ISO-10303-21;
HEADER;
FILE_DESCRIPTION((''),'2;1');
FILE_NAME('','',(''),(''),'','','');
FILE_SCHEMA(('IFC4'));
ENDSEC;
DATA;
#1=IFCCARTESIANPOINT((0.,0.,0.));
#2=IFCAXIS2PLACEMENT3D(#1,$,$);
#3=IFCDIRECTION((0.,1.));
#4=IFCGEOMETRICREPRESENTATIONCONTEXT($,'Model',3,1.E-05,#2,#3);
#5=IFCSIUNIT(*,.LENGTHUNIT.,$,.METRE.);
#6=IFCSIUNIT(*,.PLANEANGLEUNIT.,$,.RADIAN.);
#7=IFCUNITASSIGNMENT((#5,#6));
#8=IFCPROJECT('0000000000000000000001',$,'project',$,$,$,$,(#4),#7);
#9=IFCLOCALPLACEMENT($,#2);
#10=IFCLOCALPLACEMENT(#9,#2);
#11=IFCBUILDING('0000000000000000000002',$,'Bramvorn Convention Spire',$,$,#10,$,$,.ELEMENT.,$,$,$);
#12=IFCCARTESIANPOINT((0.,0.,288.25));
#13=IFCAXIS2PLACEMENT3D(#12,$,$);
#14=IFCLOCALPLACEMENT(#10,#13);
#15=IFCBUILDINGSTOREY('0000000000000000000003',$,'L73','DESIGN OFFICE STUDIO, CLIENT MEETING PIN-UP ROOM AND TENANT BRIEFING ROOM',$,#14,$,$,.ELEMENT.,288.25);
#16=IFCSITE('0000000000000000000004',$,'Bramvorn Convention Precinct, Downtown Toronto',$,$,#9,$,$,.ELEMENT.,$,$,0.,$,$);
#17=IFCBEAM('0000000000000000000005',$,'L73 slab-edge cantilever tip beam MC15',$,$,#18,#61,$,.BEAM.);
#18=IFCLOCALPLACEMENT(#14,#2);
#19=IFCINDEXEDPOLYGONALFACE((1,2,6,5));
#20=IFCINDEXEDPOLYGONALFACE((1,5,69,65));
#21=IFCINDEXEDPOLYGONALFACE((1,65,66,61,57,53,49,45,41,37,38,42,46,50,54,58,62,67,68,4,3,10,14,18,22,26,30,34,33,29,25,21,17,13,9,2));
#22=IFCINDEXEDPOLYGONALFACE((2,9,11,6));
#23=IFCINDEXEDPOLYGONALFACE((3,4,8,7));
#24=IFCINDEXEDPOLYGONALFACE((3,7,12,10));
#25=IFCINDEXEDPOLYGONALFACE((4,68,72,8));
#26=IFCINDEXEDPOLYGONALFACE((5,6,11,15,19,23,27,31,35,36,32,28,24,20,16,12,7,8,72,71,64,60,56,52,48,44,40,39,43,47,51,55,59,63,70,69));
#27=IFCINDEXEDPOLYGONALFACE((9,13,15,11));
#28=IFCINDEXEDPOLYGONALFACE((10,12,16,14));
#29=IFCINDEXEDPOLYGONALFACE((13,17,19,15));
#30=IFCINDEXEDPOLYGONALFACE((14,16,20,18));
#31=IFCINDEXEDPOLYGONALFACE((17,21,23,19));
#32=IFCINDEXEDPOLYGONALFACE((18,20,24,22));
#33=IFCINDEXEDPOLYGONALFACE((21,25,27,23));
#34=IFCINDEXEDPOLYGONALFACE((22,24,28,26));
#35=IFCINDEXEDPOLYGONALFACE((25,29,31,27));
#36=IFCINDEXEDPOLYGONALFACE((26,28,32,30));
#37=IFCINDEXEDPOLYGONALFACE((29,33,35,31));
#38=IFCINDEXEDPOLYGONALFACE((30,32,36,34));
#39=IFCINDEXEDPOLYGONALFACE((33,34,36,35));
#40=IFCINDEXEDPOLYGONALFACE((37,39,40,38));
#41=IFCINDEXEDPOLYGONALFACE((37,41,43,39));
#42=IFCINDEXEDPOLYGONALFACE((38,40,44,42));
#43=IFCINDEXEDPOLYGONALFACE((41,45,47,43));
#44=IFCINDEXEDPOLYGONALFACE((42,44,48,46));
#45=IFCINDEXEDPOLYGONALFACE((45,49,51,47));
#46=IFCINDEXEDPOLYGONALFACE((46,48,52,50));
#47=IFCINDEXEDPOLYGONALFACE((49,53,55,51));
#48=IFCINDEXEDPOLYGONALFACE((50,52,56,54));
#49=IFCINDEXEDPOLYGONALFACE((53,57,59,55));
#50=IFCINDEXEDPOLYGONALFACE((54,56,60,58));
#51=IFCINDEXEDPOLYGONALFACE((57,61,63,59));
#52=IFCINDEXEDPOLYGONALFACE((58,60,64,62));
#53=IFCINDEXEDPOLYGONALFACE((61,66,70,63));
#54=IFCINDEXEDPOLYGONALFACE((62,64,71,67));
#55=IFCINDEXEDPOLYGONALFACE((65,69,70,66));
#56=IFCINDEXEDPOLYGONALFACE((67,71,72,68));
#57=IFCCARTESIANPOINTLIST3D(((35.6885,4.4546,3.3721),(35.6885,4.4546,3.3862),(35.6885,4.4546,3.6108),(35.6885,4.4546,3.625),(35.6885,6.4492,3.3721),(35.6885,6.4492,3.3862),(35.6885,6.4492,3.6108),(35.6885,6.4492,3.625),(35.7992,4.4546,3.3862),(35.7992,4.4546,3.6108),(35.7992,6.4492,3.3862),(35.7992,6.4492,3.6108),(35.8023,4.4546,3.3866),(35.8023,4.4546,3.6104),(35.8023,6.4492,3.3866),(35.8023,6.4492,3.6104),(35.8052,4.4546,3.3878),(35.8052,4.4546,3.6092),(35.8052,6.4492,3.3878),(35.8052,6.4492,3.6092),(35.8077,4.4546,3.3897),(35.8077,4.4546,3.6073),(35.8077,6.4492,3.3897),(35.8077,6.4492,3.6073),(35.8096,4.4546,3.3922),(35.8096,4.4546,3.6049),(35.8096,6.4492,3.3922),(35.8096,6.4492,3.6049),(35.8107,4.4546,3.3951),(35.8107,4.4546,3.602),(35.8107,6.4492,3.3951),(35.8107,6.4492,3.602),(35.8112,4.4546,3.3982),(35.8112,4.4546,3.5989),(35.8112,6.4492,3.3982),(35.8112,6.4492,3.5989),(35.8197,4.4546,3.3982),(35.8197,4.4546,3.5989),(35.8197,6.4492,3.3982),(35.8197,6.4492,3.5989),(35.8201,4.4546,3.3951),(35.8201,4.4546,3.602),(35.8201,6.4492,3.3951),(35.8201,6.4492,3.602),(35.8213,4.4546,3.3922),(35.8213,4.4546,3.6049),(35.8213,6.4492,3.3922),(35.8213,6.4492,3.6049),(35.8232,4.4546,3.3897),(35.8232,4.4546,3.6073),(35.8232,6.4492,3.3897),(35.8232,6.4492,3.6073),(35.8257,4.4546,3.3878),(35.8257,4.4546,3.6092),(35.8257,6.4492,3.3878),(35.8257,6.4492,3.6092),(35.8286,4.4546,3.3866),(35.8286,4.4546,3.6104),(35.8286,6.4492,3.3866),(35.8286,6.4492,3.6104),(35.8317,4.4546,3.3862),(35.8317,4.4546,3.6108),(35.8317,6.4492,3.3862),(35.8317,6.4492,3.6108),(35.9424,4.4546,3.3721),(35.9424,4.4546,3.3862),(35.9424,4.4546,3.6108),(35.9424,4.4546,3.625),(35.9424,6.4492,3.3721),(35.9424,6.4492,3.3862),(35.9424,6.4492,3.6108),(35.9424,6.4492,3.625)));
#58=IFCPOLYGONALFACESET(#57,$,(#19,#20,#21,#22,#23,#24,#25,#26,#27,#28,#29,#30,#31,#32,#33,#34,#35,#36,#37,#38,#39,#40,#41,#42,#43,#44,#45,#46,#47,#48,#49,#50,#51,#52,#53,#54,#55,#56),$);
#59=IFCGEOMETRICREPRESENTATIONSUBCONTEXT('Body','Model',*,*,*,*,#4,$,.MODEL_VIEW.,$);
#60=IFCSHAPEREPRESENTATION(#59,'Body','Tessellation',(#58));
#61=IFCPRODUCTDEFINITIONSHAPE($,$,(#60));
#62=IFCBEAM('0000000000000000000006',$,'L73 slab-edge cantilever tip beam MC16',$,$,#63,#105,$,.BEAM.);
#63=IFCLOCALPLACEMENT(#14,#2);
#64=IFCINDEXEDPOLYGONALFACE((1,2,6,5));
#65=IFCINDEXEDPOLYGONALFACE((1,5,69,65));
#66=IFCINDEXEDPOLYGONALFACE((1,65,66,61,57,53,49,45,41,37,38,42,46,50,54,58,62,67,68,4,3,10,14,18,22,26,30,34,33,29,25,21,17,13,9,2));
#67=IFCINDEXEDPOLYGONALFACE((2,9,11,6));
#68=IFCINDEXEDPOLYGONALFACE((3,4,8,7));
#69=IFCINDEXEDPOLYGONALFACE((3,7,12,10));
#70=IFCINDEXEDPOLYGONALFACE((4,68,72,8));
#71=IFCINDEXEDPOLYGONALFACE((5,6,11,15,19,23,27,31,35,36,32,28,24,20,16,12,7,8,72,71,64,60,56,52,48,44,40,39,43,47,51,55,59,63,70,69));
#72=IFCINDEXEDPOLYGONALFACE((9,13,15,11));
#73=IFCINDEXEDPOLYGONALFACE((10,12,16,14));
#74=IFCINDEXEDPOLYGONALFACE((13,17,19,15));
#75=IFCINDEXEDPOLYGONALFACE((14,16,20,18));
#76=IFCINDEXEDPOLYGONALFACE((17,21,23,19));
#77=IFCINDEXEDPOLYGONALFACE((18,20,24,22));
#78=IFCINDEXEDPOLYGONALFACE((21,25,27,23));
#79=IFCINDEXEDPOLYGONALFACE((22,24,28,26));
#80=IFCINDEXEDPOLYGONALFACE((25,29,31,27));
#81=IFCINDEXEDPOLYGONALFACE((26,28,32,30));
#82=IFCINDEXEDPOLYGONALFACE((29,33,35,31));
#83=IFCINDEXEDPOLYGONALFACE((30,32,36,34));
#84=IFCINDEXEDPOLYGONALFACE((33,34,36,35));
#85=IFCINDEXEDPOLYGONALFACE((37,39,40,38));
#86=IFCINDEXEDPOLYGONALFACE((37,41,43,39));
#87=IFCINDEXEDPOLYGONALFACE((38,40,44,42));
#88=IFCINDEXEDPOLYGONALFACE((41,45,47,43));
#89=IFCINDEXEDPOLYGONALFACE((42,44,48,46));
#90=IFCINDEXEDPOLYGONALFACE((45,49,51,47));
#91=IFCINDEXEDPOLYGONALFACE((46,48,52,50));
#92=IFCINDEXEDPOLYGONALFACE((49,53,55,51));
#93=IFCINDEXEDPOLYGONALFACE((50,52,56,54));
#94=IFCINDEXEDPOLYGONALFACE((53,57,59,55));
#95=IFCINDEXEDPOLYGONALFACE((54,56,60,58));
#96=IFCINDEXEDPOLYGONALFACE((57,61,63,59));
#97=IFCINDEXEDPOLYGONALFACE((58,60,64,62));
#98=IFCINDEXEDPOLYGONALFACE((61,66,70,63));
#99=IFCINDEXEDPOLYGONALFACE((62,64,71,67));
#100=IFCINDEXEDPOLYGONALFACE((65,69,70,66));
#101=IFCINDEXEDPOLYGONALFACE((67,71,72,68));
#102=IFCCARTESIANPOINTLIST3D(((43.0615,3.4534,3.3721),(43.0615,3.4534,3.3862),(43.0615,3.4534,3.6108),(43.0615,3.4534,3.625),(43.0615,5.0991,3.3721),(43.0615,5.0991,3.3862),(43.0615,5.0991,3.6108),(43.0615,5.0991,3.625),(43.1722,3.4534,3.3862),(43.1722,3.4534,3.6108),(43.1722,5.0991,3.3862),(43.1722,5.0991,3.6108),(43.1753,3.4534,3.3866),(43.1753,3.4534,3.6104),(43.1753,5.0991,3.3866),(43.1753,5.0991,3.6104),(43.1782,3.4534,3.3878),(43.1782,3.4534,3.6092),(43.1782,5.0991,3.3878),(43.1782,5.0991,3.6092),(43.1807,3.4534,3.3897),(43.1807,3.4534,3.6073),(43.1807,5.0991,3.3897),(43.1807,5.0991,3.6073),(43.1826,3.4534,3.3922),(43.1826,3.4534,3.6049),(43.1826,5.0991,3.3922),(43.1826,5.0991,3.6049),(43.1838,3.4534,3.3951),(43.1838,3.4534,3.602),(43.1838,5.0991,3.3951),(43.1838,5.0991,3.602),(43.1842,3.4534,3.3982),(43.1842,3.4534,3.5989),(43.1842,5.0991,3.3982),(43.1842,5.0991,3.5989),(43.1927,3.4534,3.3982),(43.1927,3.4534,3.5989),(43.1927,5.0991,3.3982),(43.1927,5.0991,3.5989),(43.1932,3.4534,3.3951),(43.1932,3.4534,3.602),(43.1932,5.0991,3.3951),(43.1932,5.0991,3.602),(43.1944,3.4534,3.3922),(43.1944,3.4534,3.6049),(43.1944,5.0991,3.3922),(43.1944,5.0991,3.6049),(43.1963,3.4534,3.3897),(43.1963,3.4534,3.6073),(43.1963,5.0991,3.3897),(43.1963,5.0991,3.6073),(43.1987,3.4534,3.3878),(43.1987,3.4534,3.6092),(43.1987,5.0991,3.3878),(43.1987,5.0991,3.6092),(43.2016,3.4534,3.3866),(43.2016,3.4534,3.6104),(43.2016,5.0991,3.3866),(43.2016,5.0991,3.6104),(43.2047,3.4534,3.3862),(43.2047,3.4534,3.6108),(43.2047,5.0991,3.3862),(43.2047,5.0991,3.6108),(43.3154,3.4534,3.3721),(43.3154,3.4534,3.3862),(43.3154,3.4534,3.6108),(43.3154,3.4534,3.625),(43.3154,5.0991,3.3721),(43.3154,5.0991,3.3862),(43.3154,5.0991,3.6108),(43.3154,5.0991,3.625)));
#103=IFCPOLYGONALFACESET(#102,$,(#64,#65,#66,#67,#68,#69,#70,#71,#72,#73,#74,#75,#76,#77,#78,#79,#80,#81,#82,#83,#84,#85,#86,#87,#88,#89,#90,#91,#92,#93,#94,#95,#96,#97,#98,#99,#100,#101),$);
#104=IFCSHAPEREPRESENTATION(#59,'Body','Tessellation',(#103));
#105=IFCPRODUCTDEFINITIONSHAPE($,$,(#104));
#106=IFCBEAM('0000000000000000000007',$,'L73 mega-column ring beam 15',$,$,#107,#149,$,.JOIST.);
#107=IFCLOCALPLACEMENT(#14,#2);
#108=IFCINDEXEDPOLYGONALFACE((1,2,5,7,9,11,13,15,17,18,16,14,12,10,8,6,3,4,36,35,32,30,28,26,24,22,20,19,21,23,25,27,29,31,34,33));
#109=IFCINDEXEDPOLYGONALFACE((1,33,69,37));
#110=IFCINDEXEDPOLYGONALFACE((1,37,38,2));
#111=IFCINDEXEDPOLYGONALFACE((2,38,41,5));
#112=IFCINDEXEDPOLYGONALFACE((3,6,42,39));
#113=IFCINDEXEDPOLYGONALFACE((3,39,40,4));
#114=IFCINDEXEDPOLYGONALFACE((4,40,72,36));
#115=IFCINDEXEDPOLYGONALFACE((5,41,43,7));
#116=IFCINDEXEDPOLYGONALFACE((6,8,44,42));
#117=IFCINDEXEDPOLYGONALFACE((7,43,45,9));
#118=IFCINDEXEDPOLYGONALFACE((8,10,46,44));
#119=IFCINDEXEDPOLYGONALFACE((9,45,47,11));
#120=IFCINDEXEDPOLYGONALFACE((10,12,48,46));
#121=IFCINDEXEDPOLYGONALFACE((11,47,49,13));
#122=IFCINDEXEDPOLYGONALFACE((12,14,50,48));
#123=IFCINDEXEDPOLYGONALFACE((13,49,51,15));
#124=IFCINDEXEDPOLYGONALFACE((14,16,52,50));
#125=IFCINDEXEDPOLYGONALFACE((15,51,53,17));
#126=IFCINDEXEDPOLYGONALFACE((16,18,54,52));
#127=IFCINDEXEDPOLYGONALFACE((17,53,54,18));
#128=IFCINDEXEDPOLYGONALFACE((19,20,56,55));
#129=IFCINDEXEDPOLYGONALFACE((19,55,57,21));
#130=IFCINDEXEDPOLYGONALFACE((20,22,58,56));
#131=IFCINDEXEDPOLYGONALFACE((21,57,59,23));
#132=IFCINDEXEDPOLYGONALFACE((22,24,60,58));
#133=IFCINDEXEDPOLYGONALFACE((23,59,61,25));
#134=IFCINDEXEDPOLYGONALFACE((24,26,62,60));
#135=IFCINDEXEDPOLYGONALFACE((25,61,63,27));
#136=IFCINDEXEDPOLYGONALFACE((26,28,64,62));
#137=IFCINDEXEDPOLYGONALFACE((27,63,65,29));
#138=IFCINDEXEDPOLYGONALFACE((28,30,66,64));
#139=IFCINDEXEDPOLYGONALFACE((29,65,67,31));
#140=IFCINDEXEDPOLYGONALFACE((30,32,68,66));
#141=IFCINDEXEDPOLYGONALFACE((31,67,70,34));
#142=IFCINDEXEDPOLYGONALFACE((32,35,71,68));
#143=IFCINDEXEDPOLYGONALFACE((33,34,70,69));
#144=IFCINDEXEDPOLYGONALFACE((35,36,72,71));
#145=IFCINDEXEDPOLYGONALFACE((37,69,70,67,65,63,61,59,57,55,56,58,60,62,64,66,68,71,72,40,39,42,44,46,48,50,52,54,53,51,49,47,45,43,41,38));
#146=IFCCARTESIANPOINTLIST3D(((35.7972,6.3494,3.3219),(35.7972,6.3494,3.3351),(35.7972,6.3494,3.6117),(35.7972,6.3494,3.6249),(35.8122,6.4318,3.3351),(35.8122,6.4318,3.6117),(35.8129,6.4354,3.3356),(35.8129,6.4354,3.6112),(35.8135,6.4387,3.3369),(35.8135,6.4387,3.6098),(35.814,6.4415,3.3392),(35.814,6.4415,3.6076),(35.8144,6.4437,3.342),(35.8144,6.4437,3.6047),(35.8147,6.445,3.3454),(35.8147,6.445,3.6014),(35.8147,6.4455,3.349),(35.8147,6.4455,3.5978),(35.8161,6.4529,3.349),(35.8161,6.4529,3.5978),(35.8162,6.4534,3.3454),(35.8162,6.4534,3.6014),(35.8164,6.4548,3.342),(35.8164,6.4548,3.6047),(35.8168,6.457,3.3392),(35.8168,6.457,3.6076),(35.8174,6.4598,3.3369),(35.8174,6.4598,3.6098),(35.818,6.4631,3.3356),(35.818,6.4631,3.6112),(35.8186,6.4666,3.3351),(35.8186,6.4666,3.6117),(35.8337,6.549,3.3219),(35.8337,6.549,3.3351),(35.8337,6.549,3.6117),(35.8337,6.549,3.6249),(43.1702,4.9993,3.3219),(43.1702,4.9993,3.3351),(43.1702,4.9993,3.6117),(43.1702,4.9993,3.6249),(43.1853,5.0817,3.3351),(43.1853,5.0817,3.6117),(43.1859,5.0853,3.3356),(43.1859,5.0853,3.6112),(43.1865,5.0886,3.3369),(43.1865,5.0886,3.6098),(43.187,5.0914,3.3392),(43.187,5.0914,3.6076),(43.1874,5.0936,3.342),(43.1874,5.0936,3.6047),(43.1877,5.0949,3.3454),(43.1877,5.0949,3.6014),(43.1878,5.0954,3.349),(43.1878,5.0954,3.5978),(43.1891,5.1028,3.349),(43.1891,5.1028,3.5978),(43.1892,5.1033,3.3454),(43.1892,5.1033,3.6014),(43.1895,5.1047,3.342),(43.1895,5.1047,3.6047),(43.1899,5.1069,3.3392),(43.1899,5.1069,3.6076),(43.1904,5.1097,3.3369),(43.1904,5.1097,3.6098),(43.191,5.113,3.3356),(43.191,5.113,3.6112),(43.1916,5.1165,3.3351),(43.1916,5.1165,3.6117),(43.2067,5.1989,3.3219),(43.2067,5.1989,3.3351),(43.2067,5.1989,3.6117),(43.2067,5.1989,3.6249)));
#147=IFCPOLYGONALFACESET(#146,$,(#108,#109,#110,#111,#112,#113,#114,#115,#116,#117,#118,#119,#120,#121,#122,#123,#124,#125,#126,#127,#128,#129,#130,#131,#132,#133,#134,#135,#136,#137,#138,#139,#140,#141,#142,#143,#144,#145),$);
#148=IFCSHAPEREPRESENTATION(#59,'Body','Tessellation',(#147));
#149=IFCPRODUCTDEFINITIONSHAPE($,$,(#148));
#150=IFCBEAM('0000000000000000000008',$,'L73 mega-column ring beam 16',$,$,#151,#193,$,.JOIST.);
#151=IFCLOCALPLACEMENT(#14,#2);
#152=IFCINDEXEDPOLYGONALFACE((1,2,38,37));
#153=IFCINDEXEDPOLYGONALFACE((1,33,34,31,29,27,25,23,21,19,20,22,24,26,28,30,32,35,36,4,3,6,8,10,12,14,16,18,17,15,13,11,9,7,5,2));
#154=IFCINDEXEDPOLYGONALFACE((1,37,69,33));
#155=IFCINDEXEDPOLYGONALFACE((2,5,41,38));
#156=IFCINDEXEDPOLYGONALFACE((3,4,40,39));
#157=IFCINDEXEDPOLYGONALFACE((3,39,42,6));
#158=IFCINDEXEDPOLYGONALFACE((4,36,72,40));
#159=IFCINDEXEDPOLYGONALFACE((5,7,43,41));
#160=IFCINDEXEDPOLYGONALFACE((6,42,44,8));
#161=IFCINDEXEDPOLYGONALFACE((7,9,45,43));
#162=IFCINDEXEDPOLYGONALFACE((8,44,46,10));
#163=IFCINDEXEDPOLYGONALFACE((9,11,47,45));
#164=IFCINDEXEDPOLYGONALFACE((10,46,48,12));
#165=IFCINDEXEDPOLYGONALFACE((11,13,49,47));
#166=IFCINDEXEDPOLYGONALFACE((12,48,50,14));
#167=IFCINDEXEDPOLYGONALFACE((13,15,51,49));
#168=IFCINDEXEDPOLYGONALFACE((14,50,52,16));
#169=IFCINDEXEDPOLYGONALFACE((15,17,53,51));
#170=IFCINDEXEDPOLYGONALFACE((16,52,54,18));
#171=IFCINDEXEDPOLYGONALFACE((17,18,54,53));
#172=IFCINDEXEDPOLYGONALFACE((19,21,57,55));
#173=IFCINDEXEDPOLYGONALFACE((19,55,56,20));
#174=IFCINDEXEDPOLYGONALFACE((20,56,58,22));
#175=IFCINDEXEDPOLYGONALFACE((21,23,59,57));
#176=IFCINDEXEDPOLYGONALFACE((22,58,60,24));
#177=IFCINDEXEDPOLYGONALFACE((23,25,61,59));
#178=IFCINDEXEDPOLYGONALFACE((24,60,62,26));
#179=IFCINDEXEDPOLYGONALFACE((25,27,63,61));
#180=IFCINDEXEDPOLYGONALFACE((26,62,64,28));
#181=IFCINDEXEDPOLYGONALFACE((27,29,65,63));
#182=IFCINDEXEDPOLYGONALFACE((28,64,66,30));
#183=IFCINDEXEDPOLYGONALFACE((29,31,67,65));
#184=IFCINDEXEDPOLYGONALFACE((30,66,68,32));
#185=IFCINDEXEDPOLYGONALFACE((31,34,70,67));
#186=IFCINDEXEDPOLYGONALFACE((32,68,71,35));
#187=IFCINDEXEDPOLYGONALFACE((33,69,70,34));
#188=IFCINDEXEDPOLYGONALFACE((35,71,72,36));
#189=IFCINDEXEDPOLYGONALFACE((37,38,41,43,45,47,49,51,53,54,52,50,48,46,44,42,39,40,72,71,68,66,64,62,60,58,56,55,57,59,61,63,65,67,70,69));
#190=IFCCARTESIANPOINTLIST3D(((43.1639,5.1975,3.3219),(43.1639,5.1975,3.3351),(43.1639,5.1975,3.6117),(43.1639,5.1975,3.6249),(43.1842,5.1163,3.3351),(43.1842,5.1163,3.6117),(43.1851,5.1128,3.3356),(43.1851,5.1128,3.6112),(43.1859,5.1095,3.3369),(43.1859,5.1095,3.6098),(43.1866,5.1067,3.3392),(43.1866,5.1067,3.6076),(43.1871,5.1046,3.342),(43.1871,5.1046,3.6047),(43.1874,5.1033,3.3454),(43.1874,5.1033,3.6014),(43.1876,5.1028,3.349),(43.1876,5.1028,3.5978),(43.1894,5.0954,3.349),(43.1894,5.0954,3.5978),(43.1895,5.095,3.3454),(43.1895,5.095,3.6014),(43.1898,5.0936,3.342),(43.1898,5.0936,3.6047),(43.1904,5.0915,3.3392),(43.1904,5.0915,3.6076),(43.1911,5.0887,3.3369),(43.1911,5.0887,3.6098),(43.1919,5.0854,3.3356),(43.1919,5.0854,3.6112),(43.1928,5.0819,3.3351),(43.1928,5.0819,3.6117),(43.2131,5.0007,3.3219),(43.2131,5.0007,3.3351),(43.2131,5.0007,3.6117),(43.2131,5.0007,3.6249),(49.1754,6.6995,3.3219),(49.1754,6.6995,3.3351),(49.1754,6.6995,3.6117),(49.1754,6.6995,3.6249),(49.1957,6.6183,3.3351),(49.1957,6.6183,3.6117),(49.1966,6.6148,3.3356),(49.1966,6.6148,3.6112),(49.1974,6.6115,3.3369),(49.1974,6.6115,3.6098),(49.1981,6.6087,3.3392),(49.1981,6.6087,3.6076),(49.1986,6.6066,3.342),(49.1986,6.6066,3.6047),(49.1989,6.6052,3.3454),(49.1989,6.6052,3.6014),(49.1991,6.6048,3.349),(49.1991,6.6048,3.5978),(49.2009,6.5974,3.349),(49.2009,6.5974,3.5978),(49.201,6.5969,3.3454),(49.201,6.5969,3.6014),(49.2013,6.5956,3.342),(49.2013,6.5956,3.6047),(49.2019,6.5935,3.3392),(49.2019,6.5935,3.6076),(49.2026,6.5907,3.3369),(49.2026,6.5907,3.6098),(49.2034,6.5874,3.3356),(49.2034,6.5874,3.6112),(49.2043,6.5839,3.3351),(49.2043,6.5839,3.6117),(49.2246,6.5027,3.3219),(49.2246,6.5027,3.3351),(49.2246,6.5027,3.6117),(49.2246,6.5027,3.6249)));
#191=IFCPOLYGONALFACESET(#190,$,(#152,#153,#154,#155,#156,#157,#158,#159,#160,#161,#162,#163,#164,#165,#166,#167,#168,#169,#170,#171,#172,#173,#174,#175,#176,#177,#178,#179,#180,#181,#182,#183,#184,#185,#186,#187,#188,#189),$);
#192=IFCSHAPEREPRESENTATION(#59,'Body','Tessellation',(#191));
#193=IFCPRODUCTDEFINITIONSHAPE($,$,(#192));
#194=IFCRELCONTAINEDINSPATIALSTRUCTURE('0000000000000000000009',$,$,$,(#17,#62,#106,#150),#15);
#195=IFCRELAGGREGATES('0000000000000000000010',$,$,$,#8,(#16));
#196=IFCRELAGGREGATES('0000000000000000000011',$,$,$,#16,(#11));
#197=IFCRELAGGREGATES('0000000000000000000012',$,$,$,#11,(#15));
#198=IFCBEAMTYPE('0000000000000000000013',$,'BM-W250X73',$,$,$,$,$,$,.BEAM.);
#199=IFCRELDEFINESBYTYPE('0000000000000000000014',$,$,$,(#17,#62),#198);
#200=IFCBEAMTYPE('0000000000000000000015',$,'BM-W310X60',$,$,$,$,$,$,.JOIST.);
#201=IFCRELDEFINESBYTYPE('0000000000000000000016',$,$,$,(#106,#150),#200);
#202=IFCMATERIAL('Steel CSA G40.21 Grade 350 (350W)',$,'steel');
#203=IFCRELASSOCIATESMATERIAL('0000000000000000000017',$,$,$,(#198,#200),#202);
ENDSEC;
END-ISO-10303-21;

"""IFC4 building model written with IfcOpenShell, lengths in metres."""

from ifc_helpers import new_model, si_unit, direction, frame, origin, origin_2d, place, context, subcontext, project, spatial, i_section, extrude, material, material_profile, profile_set, type_object, element, save


model = new_model("IFC4")

# Units and contexts
model_context = context("Model", 3, precision=1e-05, world=origin(), true_north=direction((0.0, 1.0)))
body_context = subcontext(model_context, "Body", "Model", "MODEL_VIEW")
ifc_project = project(units=[si_unit("LENGTHUNIT", "METRE"), si_unit("PLANEANGLEUNIT", "RADIAN")], contexts=[model_context])

# Site, building, storey
site_placement = place(None, origin())
site = spatial("IfcSite", under=ifc_project, at=site_placement, Name="Bramvorn Convention Precinct, Downtown Toronto", CompositionType="ELEMENT", RefElevation=0.0)
building_placement = place(site_placement, origin())
building = spatial("IfcBuilding", under=site, at=building_placement, Name="Bramvorn Convention Spire", CompositionType="ELEMENT")
storey_placement = place(building_placement, frame((0.0, 0.0, 288.25)))
storey = spatial("IfcBuildingStorey", under=building, at=storey_placement, Name="L73", Description="DESIGN OFFICE STUDIO, CLIENT MEETING PIN-UP ROOM AND TENANT BRIEFING ROOM", CompositionType="ELEMENT", Elevation=288.25)

# Shared definitions
ifc_material_1 = material(Name="Steel CSA G40.21 Grade 350 (350W)", Category="steel")

# Beams
ifc_material_profile_1 = material_profile(ifc_material_1, i_section(OverallWidth=0.2539, OverallDepth=0.2529, WebThickness=0.0085, FlangeThickness=0.0142, FilletRadius=0.012, at=origin_2d()))
ifc_profile_set_1 = profile_set([ifc_material_profile_1], Name="Steel CSA G40.21 Grade 350 (350W) - W250X73")
beam_type_1 = type_object("IfcBeamType", Name="BM-W250X73", PredefinedType="BEAM", material=ifc_profile_set_1)
beam_1_placement = place(storey_placement, frame((35.8154, 6.4492, 3.4985), z_axis=(0.0, -1.0, 0.0), x_axis=(1.0, 0.0, 0.0)))
element("IfcBeam", 1, at=beam_1_placement, inside=storey, type_object=beam_type_1, Name="L73 slab-edge cantilever tip beam MC15", PredefinedType="BEAM", context=body_context, shape_type="SweptSolid", body=[
    extrude(i_section(OverallWidth=0.2539, OverallDepth=0.2529, WebThickness=0.0085, FlangeThickness=0.0142, FilletRadius=0.012, at=origin_2d()), origin(), (0.0, 0.0, 1.0), 1.9946),
])
beam_2_placement = place(storey_placement, frame((43.1885, 5.0991, 3.4985), z_axis=(0.0, -1.0, 0.0), x_axis=(1.0, 0.0, 0.0)))
element("IfcBeam", 2, at=beam_2_placement, inside=storey, type_object=beam_type_1, Name="L73 slab-edge cantilever tip beam MC16", PredefinedType="BEAM", context=body_context, shape_type="SweptSolid", body=[
    extrude(i_section(OverallWidth=0.2539, OverallDepth=0.2529, WebThickness=0.0085, FlangeThickness=0.0142, FilletRadius=0.012, at=origin_2d()), origin(), (0.0, 0.0, 1.0), 1.6458),
])
ifc_material_profile_2 = material_profile(ifc_material_1, i_section(OverallWidth=0.2029, OverallDepth=0.303, WebThickness=0.0076, FlangeThickness=0.0132, FilletRadius=0.0139, at=origin_2d()))
ifc_profile_set_2 = profile_set([ifc_material_profile_2], Name="Steel CSA G40.21 Grade 350 (350W) - W310X60")
beam_type_2 = type_object("IfcBeamType", Name="BM-W310X60", PredefinedType="JOIST", material=ifc_profile_set_2)
beam_3_placement = place(storey_placement, frame((35.8154, 6.4492, 3.4734), z_axis=(0.983645, -0.180118, 0.0), x_axis=(0.180118, 0.983645, 0.0)))
element("IfcBeam", 3, at=beam_3_placement, inside=storey, type_object=beam_type_2, Name="L73 mega-column ring beam 15", PredefinedType="JOIST", context=body_context, shape_type="SweptSolid", body=[
    extrude(i_section(OverallWidth=0.2029, OverallDepth=0.303, WebThickness=0.0076, FlangeThickness=0.0132, FilletRadius=0.0139, at=origin_2d()), origin(), (0.0, 0.0, 1.0), 7.4956),
])
beam_4_placement = place(storey_placement, frame((43.1885, 5.0991, 3.4734), z_axis=(0.970177, 0.242397, 0.0), x_axis=(-0.242397, 0.970177, 0.0)))
element("IfcBeam", 4, at=beam_4_placement, inside=storey, type_object=beam_type_2, Name="L73 mega-column ring beam 16", PredefinedType="JOIST", context=body_context, shape_type="SweptSolid", body=[
    extrude(i_section(OverallWidth=0.2029, OverallDepth=0.303, WebThickness=0.0076, FlangeThickness=0.0132, FilletRadius=0.0139, at=origin_2d()), origin(), (0.0, 0.0, 1.0), 6.1963),
])

save(model, "model.ifc")
